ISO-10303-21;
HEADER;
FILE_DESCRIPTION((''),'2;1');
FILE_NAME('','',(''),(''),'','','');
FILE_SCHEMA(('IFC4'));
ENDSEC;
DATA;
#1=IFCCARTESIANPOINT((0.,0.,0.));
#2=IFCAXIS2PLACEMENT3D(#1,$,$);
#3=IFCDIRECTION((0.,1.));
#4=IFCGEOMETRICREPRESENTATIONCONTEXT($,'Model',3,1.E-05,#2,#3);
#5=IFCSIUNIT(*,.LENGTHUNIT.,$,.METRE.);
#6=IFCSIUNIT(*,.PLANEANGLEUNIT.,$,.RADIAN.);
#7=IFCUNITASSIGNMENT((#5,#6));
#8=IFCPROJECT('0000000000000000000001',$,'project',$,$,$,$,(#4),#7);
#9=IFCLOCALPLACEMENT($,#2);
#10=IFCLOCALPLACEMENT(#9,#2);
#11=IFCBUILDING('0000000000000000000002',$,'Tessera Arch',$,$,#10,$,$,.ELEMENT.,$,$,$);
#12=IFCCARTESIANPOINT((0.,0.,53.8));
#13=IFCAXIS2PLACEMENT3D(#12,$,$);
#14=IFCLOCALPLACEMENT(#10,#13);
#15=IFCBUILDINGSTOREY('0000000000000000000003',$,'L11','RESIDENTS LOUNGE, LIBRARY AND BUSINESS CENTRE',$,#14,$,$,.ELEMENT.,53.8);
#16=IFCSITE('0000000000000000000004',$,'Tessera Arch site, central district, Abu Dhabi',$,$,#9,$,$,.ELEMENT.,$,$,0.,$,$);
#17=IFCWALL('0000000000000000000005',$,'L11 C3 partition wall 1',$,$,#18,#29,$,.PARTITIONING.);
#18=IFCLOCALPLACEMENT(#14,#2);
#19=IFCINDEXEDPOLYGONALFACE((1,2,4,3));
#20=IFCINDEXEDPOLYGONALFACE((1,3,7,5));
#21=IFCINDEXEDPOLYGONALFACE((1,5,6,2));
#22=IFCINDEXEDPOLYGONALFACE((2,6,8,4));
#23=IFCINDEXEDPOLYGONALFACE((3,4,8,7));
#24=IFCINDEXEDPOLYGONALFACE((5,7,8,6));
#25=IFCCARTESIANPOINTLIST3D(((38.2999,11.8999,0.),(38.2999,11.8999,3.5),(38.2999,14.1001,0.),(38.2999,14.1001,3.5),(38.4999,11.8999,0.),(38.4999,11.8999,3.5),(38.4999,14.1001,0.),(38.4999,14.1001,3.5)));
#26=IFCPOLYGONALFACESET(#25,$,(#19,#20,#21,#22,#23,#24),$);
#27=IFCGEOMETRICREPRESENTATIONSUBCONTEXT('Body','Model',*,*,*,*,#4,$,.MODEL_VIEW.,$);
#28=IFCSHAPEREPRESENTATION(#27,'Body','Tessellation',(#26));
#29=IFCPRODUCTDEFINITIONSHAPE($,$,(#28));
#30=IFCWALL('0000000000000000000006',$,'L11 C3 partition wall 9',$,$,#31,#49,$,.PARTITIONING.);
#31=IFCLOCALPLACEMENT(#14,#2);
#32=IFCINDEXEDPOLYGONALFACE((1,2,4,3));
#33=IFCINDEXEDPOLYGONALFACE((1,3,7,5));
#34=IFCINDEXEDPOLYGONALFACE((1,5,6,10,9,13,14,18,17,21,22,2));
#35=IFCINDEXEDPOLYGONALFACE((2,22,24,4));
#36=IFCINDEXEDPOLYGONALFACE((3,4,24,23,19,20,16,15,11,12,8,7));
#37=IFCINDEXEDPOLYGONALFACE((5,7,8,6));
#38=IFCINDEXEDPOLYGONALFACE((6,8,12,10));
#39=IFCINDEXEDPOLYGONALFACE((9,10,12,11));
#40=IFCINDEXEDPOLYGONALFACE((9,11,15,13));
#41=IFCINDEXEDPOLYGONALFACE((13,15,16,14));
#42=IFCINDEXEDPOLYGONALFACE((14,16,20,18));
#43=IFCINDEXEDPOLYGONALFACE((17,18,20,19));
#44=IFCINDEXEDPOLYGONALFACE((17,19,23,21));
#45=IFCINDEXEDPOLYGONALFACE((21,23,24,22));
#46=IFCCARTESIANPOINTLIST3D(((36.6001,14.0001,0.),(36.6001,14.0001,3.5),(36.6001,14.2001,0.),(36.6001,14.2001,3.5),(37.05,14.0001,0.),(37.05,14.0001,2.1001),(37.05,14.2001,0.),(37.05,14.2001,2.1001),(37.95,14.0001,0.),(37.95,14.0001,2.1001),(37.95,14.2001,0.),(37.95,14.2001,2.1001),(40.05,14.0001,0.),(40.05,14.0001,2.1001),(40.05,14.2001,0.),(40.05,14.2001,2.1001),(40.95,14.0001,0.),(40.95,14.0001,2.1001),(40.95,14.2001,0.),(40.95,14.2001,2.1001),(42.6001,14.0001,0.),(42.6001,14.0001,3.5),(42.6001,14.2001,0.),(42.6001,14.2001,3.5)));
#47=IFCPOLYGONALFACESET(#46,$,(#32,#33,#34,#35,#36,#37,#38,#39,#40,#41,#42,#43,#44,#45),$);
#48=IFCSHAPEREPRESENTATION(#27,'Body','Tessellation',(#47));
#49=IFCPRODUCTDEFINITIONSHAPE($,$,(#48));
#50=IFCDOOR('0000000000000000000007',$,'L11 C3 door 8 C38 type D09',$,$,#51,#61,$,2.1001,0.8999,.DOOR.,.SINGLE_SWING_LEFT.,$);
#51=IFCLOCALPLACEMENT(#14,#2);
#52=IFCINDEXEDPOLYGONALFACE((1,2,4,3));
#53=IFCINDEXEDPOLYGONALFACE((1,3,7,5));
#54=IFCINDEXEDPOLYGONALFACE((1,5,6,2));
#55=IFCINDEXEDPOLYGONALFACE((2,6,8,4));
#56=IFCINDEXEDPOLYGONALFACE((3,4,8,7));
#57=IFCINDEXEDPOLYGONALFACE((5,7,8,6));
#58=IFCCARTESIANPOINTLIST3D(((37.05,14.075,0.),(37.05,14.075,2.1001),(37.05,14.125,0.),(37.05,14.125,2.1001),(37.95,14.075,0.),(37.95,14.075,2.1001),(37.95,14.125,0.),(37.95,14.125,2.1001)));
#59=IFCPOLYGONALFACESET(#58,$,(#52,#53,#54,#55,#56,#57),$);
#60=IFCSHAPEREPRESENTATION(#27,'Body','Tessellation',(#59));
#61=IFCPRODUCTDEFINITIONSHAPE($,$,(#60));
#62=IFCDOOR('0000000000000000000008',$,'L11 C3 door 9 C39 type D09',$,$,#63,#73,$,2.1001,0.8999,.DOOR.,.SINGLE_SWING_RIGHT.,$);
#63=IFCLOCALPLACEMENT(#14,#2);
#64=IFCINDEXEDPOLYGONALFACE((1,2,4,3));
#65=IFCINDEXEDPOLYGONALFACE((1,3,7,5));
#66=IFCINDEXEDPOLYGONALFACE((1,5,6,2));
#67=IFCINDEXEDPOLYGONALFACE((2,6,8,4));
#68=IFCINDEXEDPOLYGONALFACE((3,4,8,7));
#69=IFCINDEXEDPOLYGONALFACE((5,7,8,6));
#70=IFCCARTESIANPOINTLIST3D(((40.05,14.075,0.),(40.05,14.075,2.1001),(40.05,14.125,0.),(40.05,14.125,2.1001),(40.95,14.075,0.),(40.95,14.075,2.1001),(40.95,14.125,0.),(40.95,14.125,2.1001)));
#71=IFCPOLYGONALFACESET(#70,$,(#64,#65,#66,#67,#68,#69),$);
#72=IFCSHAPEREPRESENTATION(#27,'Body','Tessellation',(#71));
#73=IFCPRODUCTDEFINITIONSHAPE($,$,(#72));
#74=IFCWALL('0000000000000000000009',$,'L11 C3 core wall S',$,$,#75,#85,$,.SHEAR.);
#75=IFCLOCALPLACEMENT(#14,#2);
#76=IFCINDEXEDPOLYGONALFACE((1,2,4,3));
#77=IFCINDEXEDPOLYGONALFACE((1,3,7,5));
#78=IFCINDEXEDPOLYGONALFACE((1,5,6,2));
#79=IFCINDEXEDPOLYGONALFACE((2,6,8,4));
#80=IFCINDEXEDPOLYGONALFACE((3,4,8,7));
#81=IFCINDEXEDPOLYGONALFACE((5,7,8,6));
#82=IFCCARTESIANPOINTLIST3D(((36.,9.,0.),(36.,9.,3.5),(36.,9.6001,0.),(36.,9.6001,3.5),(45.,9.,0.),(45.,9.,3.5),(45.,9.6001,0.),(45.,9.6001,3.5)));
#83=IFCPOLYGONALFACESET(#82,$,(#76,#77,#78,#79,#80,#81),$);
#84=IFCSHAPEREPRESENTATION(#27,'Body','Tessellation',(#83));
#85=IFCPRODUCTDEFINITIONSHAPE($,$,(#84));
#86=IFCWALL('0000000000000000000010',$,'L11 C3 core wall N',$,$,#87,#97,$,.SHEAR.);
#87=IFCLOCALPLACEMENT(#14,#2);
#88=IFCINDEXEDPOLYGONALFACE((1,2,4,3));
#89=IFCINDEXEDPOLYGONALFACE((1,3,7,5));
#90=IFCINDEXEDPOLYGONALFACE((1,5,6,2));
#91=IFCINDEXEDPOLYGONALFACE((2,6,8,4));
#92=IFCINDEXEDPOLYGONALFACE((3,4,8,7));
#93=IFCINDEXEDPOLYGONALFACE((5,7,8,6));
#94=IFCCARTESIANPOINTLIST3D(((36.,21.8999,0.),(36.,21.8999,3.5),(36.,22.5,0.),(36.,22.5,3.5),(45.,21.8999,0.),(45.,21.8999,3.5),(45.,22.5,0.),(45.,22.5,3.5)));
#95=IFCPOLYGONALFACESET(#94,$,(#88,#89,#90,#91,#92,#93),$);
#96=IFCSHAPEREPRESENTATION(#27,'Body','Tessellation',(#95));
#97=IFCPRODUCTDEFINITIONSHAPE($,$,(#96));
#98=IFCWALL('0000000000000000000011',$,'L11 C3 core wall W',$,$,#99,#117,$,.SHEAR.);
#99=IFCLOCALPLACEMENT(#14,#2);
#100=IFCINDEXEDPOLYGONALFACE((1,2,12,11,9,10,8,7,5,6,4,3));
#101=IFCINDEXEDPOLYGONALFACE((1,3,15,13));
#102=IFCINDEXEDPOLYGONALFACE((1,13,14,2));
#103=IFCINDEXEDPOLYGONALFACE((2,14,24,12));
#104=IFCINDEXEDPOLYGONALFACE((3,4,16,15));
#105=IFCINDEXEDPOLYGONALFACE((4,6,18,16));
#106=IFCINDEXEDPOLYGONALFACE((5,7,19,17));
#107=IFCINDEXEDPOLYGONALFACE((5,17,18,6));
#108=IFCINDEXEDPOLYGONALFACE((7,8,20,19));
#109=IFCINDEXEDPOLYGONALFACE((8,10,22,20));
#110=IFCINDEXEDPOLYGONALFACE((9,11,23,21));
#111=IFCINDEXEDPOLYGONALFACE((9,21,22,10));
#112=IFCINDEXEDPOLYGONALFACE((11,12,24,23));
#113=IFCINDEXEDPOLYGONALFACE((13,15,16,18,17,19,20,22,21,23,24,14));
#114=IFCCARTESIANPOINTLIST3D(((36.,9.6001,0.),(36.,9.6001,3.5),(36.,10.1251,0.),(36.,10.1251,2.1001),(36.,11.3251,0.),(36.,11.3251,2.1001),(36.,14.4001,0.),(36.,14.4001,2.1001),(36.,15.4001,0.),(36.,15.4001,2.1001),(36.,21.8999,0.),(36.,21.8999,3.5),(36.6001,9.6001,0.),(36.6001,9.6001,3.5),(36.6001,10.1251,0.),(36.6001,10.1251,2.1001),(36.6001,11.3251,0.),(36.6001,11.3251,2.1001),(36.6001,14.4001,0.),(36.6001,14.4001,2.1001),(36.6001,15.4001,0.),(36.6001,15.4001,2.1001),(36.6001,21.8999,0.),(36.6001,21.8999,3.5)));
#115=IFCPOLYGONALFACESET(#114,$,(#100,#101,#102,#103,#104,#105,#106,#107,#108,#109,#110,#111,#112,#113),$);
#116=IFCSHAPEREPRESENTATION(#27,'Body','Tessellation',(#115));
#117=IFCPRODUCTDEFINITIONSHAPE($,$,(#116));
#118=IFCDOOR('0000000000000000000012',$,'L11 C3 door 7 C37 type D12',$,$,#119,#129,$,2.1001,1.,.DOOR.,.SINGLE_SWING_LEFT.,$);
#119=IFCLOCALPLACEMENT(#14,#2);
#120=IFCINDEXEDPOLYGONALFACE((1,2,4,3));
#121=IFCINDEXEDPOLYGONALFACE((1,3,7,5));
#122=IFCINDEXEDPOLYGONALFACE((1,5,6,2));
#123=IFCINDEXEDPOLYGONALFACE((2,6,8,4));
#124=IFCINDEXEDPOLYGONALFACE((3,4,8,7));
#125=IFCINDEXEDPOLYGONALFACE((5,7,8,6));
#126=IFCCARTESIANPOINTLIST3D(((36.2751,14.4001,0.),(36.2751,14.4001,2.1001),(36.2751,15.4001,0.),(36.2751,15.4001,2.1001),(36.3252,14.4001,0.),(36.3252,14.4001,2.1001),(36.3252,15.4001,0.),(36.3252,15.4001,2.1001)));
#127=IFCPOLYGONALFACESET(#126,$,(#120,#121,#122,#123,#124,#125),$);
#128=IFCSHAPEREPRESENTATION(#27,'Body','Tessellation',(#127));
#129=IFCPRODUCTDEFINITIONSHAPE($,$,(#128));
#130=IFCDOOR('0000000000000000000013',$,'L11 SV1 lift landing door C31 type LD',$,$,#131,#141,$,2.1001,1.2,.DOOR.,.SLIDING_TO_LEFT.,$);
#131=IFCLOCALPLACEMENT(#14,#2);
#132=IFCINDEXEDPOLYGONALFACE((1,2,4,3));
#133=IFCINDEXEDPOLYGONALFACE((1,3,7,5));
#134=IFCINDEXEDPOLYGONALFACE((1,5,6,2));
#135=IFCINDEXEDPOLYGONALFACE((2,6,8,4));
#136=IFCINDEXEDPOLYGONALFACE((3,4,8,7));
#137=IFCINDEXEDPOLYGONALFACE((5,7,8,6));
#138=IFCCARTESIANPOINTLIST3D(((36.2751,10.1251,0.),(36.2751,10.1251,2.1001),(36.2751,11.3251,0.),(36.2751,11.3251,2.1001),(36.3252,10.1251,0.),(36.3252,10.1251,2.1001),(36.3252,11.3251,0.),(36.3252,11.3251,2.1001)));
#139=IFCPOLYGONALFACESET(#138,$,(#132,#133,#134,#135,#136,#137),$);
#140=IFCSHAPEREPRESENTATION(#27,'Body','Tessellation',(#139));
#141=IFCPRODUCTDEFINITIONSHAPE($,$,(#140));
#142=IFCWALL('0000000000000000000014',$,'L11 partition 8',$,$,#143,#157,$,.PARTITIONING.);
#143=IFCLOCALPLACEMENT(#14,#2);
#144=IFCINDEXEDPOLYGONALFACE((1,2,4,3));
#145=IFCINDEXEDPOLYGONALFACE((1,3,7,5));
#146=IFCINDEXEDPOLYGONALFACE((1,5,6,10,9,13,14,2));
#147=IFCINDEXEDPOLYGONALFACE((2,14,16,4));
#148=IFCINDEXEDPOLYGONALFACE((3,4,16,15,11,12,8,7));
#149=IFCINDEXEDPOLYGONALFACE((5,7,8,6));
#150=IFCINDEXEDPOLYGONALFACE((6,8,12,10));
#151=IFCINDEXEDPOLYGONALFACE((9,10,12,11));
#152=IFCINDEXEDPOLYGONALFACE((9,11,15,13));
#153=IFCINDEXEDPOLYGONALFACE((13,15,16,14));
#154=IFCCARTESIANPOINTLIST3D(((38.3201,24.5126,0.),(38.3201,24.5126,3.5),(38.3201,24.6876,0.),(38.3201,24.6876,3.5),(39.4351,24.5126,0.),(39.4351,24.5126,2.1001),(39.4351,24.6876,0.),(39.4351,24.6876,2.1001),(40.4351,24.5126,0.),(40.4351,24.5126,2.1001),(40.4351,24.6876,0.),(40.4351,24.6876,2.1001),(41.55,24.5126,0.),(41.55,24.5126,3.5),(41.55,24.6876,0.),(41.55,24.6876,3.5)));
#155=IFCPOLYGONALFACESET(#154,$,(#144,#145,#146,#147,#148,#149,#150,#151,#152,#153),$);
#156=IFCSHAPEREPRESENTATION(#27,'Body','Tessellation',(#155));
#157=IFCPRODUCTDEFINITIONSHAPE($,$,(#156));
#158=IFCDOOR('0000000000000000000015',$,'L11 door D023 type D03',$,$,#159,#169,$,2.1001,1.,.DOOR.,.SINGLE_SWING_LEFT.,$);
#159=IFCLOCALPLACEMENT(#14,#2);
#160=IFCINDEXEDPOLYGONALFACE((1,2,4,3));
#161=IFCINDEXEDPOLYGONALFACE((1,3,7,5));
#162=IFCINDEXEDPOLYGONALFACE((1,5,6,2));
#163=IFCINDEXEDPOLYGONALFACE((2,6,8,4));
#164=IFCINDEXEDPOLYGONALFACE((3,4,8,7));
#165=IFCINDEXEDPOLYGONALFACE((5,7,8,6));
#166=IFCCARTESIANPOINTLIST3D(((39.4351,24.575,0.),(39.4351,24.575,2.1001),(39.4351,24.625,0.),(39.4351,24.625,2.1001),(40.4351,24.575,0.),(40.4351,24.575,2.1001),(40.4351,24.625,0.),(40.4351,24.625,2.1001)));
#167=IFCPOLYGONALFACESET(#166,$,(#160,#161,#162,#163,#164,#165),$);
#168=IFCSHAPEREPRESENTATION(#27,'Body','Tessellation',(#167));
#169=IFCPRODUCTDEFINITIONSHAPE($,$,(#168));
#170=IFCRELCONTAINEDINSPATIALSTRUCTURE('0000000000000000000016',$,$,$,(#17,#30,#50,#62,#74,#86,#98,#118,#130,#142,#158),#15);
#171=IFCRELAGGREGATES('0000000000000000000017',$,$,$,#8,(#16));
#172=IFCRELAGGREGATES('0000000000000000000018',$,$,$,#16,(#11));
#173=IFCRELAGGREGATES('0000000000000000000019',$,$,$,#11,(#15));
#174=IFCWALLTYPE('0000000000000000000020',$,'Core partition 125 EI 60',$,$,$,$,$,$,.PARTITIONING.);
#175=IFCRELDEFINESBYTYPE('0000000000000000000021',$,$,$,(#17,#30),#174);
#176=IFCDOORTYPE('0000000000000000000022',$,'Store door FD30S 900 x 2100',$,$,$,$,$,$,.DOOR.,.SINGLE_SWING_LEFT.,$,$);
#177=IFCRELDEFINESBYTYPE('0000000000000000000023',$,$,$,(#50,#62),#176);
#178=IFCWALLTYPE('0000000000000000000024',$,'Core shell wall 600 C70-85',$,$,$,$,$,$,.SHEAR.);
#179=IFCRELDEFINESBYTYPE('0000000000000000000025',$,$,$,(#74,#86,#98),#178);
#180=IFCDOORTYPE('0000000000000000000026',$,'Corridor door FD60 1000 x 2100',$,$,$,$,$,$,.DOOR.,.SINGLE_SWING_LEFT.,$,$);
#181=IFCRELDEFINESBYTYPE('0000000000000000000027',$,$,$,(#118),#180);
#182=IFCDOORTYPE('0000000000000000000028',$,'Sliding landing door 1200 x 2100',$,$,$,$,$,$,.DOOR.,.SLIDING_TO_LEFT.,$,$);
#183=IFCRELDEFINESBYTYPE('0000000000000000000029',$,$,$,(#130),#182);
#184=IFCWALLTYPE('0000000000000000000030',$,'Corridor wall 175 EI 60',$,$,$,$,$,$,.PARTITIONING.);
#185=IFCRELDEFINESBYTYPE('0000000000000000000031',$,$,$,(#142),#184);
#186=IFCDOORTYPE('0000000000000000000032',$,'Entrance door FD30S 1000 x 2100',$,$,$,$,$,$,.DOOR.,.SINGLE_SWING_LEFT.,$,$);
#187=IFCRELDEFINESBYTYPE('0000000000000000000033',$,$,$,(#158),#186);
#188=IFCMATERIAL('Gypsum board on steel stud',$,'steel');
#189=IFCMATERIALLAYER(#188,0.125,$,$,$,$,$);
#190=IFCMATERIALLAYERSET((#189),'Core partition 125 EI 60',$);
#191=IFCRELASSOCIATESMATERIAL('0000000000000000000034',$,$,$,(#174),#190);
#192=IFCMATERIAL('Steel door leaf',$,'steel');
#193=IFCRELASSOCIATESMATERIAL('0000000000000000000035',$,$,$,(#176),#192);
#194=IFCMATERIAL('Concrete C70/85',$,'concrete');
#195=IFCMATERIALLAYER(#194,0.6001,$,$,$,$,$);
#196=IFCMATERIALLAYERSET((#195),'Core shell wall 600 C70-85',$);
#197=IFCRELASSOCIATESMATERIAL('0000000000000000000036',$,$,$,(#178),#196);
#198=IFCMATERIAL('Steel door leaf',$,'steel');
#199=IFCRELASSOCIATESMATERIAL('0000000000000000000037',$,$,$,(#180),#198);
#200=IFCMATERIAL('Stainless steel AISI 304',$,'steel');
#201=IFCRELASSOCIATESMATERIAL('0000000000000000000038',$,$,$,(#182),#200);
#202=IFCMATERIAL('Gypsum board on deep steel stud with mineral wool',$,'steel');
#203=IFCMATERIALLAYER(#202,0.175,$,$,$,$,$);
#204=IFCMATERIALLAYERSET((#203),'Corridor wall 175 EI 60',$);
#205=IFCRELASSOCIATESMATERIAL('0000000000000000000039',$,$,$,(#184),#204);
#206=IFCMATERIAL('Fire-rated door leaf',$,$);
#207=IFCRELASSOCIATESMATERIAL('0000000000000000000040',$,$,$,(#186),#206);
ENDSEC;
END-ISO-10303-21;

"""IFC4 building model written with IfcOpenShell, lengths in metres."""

from ifc_helpers import new_model, si_unit, direction, frame, frame_2d, origin, place, context, subcontext, project, spatial, rectangle, extrude, material, layer, layer_set, type_object, element, fill, save


model = new_model("IFC4")

# Units and contexts
model_context = context("Model", 3, precision=1e-05, world=origin(), true_north=direction((0.0, 1.0)))
body_context = subcontext(model_context, "Body", "Model", "MODEL_VIEW")
ifc_project = project(units=[si_unit("LENGTHUNIT", "METRE"), si_unit("PLANEANGLEUNIT", "RADIAN")], contexts=[model_context])

# Site, building, storey
site_placement = place(None, origin())
site = spatial("IfcSite", under=ifc_project, at=site_placement, Name="Tessera Arch site, central district, Abu Dhabi", CompositionType="ELEMENT", RefElevation=0.0)
building_placement = place(site_placement, origin())
building = spatial("IfcBuilding", under=site, at=building_placement, Name="Tessera Arch", CompositionType="ELEMENT")
storey_placement = place(building_placement, frame((0.0, 0.0, 53.8)))
storey = spatial("IfcBuildingStorey", under=building, at=storey_placement, Name="L11", Description="RESIDENTS LOUNGE, LIBRARY AND BUSINESS CENTRE", CompositionType="ELEMENT", Elevation=53.8)

# Wall
ifc_material_1 = material(Name="Gypsum board on steel stud", Category="steel")
ifc_layer_1 = layer(ifc_material_1, 0.125)
ifc_layer_set_1 = layer_set([ifc_layer_1], Name="Core partition 125 EI 60")
wall_type_1 = type_object("IfcWallType", Name="Core partition 125 EI 60", PredefinedType="PARTITIONING", material=ifc_layer_set_1)
wall_1_placement = place(storey_placement, frame((38.3999, 11.8999, 0.0), z_axis=(0.0, 0.0, 1.0), x_axis=(0.0, 1.0, 0.0)))
element("IfcWall", 1, at=wall_1_placement, inside=storey, type_object=wall_type_1, Name="L11 C3 partition wall 1", PredefinedType="PARTITIONING", context=body_context, shape_type="SweptSolid", body=[
    extrude(rectangle(XDim=2.2002, YDim=0.2, at=frame_2d((1.1001, 0.0))), origin(), (0.0, 0.0, 1.0), 3.5),
])

# Wall, openings, doors
wall_2_placement = place(storey_placement, frame((36.6001, 14.1001, 0.0), z_axis=(0.0, 0.0, 1.0), x_axis=(1.0, 0.0, 0.0)))
wall_2 = element("IfcWall", 2, at=wall_2_placement, inside=storey, type_object=wall_type_1, Name="L11 C3 partition wall 9", PredefinedType="PARTITIONING", context=body_context, shape_type="SweptSolid", body=[
    extrude(rectangle(XDim=6.0, YDim=0.2, at=frame_2d((3.0, 0.0))), origin(), (0.0, 0.0, 1.0), 3.5),
])
opening_1_placement = place(wall_2_placement, frame((0.45, 0.0, 0.0)))
opening_1 = element("IfcOpeningElement", 3, at=opening_1_placement, cuts=wall_2, PredefinedType="OPENING", context=body_context, shape_type="SweptSolid", body=[
    extrude(rectangle(XDim=0.8999, YDim=2.1001, at=frame_2d((0.45, 1.05))), frame((0.0, 0.1099, 0.0), z_axis=(0.0, -1.0, 0.0), x_axis=(1.0, 0.0, 0.0)), (0.0, 0.0, 1.0), 0.22),
])
opening_2_placement = place(wall_2_placement, frame((3.45, 0.0, 0.0)))
opening_2 = element("IfcOpeningElement", 4, at=opening_2_placement, cuts=wall_2, PredefinedType="OPENING", context=body_context, shape_type="SweptSolid", body=[
    extrude(rectangle(XDim=0.8999, YDim=2.1001, at=frame_2d((0.45, 1.05))), frame((0.0, 0.1099, 0.0), z_axis=(0.0, -1.0, 0.0), x_axis=(1.0, 0.0, 0.0)), (0.0, 0.0, 1.0), 0.22),
])
ifc_material_2 = material(Name="Steel door leaf", Category="steel")
door_type_1 = type_object("IfcDoorType", Name="Store door FD30S 900 x 2100", OperationType="SINGLE_SWING_LEFT", PredefinedType="DOOR", material=ifc_material_2)
door_1_placement = place(opening_1_placement, origin())
door_1 = element("IfcDoor", 5, at=door_1_placement, inside=storey, type_object=door_type_1, Name="L11 C3 door 8 C38 type D09", OperationType="SINGLE_SWING_LEFT", OverallHeight=2.1001, OverallWidth=0.8999, PredefinedType="DOOR", context=body_context, shape_type="SweptSolid", body=[
    extrude(rectangle(XDim=0.8999, YDim=2.1001, at=frame_2d((0.45, 1.05))), frame((0.0, 0.0249, 0.0), z_axis=(0.0, -1.0, 0.0), x_axis=(1.0, 0.0, 0.0)), (0.0, 0.0, 1.0), 0.05),
])
fill(opening_1, door_1)
door_2_placement = place(opening_2_placement, origin())
door_2 = element("IfcDoor", 6, at=door_2_placement, inside=storey, type_object=door_type_1, Name="L11 C3 door 9 C39 type D09", OperationType="SINGLE_SWING_RIGHT", OverallHeight=2.1001, OverallWidth=0.8999, PredefinedType="DOOR", context=body_context, shape_type="SweptSolid", body=[
    extrude(rectangle(XDim=0.8999, YDim=2.1001, at=frame_2d((0.45, 1.05))), frame((0.0, 0.0249, 0.0), z_axis=(0.0, -1.0, 0.0), x_axis=(1.0, 0.0, 0.0)), (0.0, 0.0, 1.0), 0.05),
])
fill(opening_2, door_2)

# Walls
ifc_material_3 = material(Name="Concrete C70/85", Category="concrete")
ifc_layer_2 = layer(ifc_material_3, 0.6001)
ifc_layer_set_2 = layer_set([ifc_layer_2], Name="Core shell wall 600 C70-85")
wall_type_2 = type_object("IfcWallType", Name="Core shell wall 600 C70-85", PredefinedType="SHEAR", material=ifc_layer_set_2)
for number, where, z_axis, x_axis, name in (
    (7, (36.0, 9.3, 0.0), (0.0, 0.0, 1.0), (1.0, 0.0, 0.0), "L11 C3 core wall S"),
    (8, (36.0, 22.2, 0.0), (0.0, 0.0, 1.0), (1.0, 0.0, 0.0), "L11 C3 core wall N"),
):
    element("IfcWall", number, at=place(storey_placement, frame(where, z_axis=z_axis, x_axis=x_axis)), inside=storey, type_object=wall_type_2, Name=name, PredefinedType="SHEAR", context=body_context, shape_type="SweptSolid", body=[
        extrude(rectangle(XDim=9.0, YDim=0.6001, at=frame_2d((4.5, 0.0))), origin(), (0.0, 0.0, 1.0), 3.5),
    ])

# Wall, openings, doors
wall_3_placement = place(storey_placement, frame((36.3, 9.6001, 0.0), z_axis=(0.0, 0.0, 1.0), x_axis=(0.0, 1.0, 0.0)))
wall_3 = element("IfcWall", 9, at=wall_3_placement, inside=storey, type_object=wall_type_2, Name="L11 C3 core wall W", PredefinedType="SHEAR", context=body_context, shape_type="SweptSolid", body=[
    extrude(rectangle(XDim=12.2998, YDim=0.6001, at=frame_2d((6.1499, 0.0))), origin(), (0.0, 0.0, 1.0), 3.5),
])
opening_3_placement = place(wall_3_placement, frame((0.5249, 0.0, 0.0)))
opening_3 = element("IfcOpeningElement", 10, at=opening_3_placement, cuts=wall_3, PredefinedType="OPENING", context=body_context, shape_type="SweptSolid", body=[
    extrude(rectangle(XDim=1.2, YDim=2.1001, at=frame_2d((0.6001, 1.05))), frame((0.0, 0.3101, 0.0), z_axis=(0.0, -1.0, 0.0), x_axis=(1.0, 0.0, 0.0)), (0.0, 0.0, 1.0), 0.6201),
])
opening_4_placement = place(wall_3_placement, frame((4.8, 0.0, 0.0)))
opening_4 = element("IfcOpeningElement", 11, at=opening_4_placement, cuts=wall_3, PredefinedType="OPENING", context=body_context, shape_type="SweptSolid", body=[
    extrude(rectangle(XDim=1.0, YDim=2.1001, at=frame_2d((0.5, 1.05))), frame((0.0, 0.3101, 0.0), z_axis=(0.0, -1.0, 0.0), x_axis=(1.0, 0.0, 0.0)), (0.0, 0.0, 1.0), 0.6201),
])
ifc_material_4 = material(Name="Steel door leaf", Category="steel")
door_type_2 = type_object("IfcDoorType", Name="Corridor door FD60 1000 x 2100", OperationType="SINGLE_SWING_LEFT", PredefinedType="DOOR", material=ifc_material_4)
door_3_placement = place(opening_4_placement, origin())
door_3 = element("IfcDoor", 12, at=door_3_placement, inside=storey, type_object=door_type_2, Name="L11 C3 door 7 C37 type D12", OperationType="SINGLE_SWING_LEFT", OverallHeight=2.1001, OverallWidth=1.0, PredefinedType="DOOR", context=body_context, shape_type="SweptSolid", body=[
    extrude(rectangle(XDim=1.0, YDim=2.1001, at=frame_2d((0.5, 1.05))), frame((0.0, 0.0249, 0.0), z_axis=(0.0, -1.0, 0.0), x_axis=(1.0, 0.0, 0.0)), (0.0, 0.0, 1.0), 0.05),
])
fill(opening_4, door_3)
ifc_material_5 = material(Name="Stainless steel AISI 304", Category="steel")
door_type_3 = type_object("IfcDoorType", Name="Sliding landing door 1200 x 2100", OperationType="SLIDING_TO_LEFT", PredefinedType="DOOR", material=ifc_material_5)
door_4_placement = place(opening_3_placement, origin())
door_4 = element("IfcDoor", 13, at=door_4_placement, inside=storey, type_object=door_type_3, Name="L11 SV1 lift landing door C31 type LD", OperationType="SLIDING_TO_LEFT", OverallHeight=2.1001, OverallWidth=1.2, PredefinedType="DOOR", context=body_context, shape_type="SweptSolid", body=[
    extrude(rectangle(XDim=1.2, YDim=2.1001, at=frame_2d((0.6001, 1.05))), frame((0.0, 0.0249, 0.0), z_axis=(0.0, -1.0, 0.0), x_axis=(1.0, 0.0, 0.0)), (0.0, 0.0, 1.0), 0.05),
])
fill(opening_3, door_4)

# Wall, opening, door
ifc_material_6 = material(Name="Gypsum board on deep steel stud with mineral wool", Category="steel")
ifc_layer_3 = layer(ifc_material_6, 0.175)
ifc_layer_set_3 = layer_set([ifc_layer_3], Name="Corridor wall 175 EI 60")
wall_type_3 = type_object("IfcWallType", Name="Corridor wall 175 EI 60", PredefinedType="PARTITIONING", material=ifc_layer_set_3)
wall_4_placement = place(storey_placement, frame((38.3201, 24.6001, 0.0), z_axis=(0.0, 0.0, 1.0), x_axis=(1.0, 0.0, 0.0)))
wall_4 = element("IfcWall", 14, at=wall_4_placement, inside=storey, type_object=wall_type_3, Name="L11 partition 8", PredefinedType="PARTITIONING", context=body_context, shape_type="SweptSolid", body=[
    extrude(rectangle(XDim=3.23, YDim=0.175, at=frame_2d((1.615, 0.0))), origin(), (0.0, 0.0, 1.0), 3.5),
])
opening_5_placement = place(wall_4_placement, frame((1.115, 0.0, 0.0)))
opening_5 = element("IfcOpeningElement", 15, at=opening_5_placement, cuts=wall_4, PredefinedType="OPENING", context=body_context, shape_type="SweptSolid", body=[
    extrude(rectangle(XDim=1.0, YDim=2.1001, at=frame_2d((0.5, 1.05))), frame((0.0, 0.0974, 0.0), z_axis=(0.0, -1.0, 0.0), x_axis=(1.0, 0.0, 0.0)), (0.0, 0.0, 1.0), 0.1951),
])
ifc_material_7 = material(Name="Fire-rated door leaf")
door_type_4 = type_object("IfcDoorType", Name="Entrance door FD30S 1000 x 2100", OperationType="SINGLE_SWING_LEFT", PredefinedType="DOOR", material=ifc_material_7)
door_5_placement = place(opening_5_placement, origin())
door_5 = element("IfcDoor", 16, at=door_5_placement, inside=storey, type_object=door_type_4, Name="L11 door D023 type D03", OperationType="SINGLE_SWING_LEFT", OverallHeight=2.1001, OverallWidth=1.0, PredefinedType="DOOR", context=body_context, shape_type="SweptSolid", body=[
    extrude(rectangle(XDim=1.0, YDim=2.1001, at=frame_2d((0.5, 1.05))), frame((0.0, 0.0249, 0.0), z_axis=(0.0, -1.0, 0.0), x_axis=(1.0, 0.0, 0.0)), (0.0, 0.0, 1.0), 0.05),
])
fill(opening_5, door_5)

save(model, "model.ifc")
